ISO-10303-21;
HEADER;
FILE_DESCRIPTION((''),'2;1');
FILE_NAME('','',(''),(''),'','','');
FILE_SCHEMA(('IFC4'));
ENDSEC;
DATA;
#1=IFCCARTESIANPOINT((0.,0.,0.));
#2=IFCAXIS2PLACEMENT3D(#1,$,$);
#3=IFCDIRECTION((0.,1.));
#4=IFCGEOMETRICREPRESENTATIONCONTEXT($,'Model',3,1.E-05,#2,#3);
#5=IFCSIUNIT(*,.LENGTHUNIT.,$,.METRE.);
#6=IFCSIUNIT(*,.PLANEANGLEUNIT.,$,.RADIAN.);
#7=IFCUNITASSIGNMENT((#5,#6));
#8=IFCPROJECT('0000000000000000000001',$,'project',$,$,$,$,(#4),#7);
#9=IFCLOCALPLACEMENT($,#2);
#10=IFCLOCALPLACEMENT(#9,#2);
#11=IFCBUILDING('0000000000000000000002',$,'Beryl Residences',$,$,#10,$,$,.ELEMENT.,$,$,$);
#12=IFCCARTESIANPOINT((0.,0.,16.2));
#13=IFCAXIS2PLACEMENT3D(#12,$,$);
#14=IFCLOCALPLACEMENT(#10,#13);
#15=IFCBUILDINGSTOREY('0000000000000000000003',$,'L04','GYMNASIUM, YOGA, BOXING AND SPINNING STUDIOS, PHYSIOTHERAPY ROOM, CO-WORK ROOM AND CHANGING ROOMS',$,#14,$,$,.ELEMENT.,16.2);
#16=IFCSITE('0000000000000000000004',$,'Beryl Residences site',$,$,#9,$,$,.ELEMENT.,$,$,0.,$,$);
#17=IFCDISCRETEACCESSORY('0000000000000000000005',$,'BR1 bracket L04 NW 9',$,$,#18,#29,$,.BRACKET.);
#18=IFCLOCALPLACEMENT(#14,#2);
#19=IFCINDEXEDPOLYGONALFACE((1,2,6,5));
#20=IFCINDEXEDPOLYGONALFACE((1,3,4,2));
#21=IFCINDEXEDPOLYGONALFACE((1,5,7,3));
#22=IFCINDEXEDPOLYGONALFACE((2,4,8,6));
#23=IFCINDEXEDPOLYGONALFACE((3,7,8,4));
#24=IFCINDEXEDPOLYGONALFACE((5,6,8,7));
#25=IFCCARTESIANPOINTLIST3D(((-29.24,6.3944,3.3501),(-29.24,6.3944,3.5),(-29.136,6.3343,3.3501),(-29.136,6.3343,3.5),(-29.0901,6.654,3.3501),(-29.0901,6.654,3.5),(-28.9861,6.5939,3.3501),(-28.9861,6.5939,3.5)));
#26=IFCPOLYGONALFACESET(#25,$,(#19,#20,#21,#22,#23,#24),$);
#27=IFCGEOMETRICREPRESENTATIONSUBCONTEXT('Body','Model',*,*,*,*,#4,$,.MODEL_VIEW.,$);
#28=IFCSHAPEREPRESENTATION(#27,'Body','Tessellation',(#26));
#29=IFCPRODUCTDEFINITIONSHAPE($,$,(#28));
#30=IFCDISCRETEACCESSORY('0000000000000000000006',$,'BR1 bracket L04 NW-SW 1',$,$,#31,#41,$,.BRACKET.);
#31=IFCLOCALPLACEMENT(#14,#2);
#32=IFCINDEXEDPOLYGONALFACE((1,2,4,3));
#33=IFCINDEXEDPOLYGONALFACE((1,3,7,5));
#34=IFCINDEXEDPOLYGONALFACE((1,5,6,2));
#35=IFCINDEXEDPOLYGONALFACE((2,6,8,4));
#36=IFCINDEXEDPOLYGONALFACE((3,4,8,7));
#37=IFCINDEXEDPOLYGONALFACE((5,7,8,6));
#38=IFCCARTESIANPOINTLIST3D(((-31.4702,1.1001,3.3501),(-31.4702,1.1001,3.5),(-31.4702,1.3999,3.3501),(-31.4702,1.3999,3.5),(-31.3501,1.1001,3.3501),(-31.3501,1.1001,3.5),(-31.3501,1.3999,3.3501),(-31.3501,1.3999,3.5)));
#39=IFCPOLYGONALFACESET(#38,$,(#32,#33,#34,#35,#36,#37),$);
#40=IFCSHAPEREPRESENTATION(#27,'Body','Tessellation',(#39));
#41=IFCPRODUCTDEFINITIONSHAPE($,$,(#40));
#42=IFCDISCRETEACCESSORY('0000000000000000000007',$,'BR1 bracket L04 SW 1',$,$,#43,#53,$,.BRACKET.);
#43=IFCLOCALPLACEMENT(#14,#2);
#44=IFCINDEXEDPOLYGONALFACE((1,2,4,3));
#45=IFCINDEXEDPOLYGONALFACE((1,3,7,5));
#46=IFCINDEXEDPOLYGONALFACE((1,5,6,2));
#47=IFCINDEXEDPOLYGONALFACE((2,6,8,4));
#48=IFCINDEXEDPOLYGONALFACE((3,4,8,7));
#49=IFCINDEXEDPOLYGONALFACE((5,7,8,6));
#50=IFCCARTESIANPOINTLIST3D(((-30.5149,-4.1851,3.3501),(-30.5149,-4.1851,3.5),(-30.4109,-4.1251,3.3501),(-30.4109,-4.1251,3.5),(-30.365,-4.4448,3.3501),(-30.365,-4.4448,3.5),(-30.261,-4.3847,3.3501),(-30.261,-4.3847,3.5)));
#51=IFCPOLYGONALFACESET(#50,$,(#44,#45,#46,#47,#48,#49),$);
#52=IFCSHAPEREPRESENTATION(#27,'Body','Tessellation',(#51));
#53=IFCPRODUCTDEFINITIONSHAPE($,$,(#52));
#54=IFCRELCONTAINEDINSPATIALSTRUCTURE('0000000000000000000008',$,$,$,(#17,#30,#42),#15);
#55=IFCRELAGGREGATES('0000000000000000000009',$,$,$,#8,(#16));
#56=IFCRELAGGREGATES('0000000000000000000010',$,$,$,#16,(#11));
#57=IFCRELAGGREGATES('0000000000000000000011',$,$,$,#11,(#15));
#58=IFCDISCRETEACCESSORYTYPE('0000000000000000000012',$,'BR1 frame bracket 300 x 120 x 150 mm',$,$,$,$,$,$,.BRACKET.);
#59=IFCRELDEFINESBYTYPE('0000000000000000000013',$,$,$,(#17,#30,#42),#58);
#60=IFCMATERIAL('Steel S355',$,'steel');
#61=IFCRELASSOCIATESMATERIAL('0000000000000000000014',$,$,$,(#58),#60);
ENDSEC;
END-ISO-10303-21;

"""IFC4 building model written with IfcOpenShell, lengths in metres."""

from ifc_helpers import new_model, si_unit, direction, frame, origin, place, context, subcontext, project, spatial, polyline, outline, extrude, source, transform, mapped, material, type_object, type_shapes, element, save


model = new_model("IFC4")

# Units and contexts
model_context = context("Model", 3, precision=1e-05, world=origin(), true_north=direction((0.0, 1.0)))
body_context = subcontext(model_context, "Body", "Model", "MODEL_VIEW")
ifc_project = project(units=[si_unit("LENGTHUNIT", "METRE"), si_unit("PLANEANGLEUNIT", "RADIAN")], contexts=[model_context])

# Site, building, storey
site_placement = place(None, origin())
site = spatial("IfcSite", under=ifc_project, at=site_placement, Name="Beryl Residences site", CompositionType="ELEMENT", RefElevation=0.0)
building_placement = place(site_placement, origin())
building = spatial("IfcBuilding", under=site, at=building_placement, Name="Beryl Residences", CompositionType="ELEMENT")
storey_placement = place(building_placement, frame((0.0, 0.0, 16.2)))
storey = spatial("IfcBuildingStorey", under=building, at=storey_placement, Name="L04", Description="GYMNASIUM, YOGA, BOXING AND SPINNING STUDIOS, PHYSIOTHERAPY ROOM, CO-WORK ROOM AND CHANGING ROOMS", CompositionType="ELEMENT", Elevation=16.2)

# Discrete accessories
ifc_material_1 = material(Name="Steel S355", Category="steel")
discrete_accessory_type = type_object("IfcDiscreteAccessoryType", Name="BR1 frame bracket 300 x 120 x 150 mm", PredefinedType="BRACKET", material=ifc_material_1)
shared_shape_1 = source(origin(), body_context, "Body", "SweptSolid", [
    extrude(outline(polyline([(-0.1499, 0.0), (0.1499, 0.0), (0.1499, 0.1201), (-0.1499, 0.1201), (-0.1499, 0.0)])), origin(), (0.0, 0.0, 1.0), 0.1499),
])
type_shapes(discrete_accessory_type, [shared_shape_1])
for number, where, z_axis, x_axis, name in (
    (1, (-29.061, 6.4641, 3.3501), (0.0, 0.0, 1.0), (0.5, 0.866025, 0.0), "BR1 bracket L04 NW 9"),
    (2, (-31.3501, 1.25, 3.3501), (0.0, 0.0, 1.0), (0.0, 1.0, 0.0), "BR1 bracket L04 NW-SW 1"),
    (3, (-30.3359, -4.2549, 3.3501), (0.0, 0.0, 1.0), (-0.5, 0.866025, 0.0), "BR1 bracket L04 SW 1"),
):
    element("IfcDiscreteAccessory", number, at=place(storey_placement, frame(where, z_axis=z_axis, x_axis=x_axis)), inside=storey, type_object=discrete_accessory_type, Name=name, PredefinedType="BRACKET", context=body_context, shape_type="MappedRepresentation", body=[
        mapped(shared_shape_1, transform((0.0, 0.0, 0.0))),
    ])

save(model, "model.ifc")
